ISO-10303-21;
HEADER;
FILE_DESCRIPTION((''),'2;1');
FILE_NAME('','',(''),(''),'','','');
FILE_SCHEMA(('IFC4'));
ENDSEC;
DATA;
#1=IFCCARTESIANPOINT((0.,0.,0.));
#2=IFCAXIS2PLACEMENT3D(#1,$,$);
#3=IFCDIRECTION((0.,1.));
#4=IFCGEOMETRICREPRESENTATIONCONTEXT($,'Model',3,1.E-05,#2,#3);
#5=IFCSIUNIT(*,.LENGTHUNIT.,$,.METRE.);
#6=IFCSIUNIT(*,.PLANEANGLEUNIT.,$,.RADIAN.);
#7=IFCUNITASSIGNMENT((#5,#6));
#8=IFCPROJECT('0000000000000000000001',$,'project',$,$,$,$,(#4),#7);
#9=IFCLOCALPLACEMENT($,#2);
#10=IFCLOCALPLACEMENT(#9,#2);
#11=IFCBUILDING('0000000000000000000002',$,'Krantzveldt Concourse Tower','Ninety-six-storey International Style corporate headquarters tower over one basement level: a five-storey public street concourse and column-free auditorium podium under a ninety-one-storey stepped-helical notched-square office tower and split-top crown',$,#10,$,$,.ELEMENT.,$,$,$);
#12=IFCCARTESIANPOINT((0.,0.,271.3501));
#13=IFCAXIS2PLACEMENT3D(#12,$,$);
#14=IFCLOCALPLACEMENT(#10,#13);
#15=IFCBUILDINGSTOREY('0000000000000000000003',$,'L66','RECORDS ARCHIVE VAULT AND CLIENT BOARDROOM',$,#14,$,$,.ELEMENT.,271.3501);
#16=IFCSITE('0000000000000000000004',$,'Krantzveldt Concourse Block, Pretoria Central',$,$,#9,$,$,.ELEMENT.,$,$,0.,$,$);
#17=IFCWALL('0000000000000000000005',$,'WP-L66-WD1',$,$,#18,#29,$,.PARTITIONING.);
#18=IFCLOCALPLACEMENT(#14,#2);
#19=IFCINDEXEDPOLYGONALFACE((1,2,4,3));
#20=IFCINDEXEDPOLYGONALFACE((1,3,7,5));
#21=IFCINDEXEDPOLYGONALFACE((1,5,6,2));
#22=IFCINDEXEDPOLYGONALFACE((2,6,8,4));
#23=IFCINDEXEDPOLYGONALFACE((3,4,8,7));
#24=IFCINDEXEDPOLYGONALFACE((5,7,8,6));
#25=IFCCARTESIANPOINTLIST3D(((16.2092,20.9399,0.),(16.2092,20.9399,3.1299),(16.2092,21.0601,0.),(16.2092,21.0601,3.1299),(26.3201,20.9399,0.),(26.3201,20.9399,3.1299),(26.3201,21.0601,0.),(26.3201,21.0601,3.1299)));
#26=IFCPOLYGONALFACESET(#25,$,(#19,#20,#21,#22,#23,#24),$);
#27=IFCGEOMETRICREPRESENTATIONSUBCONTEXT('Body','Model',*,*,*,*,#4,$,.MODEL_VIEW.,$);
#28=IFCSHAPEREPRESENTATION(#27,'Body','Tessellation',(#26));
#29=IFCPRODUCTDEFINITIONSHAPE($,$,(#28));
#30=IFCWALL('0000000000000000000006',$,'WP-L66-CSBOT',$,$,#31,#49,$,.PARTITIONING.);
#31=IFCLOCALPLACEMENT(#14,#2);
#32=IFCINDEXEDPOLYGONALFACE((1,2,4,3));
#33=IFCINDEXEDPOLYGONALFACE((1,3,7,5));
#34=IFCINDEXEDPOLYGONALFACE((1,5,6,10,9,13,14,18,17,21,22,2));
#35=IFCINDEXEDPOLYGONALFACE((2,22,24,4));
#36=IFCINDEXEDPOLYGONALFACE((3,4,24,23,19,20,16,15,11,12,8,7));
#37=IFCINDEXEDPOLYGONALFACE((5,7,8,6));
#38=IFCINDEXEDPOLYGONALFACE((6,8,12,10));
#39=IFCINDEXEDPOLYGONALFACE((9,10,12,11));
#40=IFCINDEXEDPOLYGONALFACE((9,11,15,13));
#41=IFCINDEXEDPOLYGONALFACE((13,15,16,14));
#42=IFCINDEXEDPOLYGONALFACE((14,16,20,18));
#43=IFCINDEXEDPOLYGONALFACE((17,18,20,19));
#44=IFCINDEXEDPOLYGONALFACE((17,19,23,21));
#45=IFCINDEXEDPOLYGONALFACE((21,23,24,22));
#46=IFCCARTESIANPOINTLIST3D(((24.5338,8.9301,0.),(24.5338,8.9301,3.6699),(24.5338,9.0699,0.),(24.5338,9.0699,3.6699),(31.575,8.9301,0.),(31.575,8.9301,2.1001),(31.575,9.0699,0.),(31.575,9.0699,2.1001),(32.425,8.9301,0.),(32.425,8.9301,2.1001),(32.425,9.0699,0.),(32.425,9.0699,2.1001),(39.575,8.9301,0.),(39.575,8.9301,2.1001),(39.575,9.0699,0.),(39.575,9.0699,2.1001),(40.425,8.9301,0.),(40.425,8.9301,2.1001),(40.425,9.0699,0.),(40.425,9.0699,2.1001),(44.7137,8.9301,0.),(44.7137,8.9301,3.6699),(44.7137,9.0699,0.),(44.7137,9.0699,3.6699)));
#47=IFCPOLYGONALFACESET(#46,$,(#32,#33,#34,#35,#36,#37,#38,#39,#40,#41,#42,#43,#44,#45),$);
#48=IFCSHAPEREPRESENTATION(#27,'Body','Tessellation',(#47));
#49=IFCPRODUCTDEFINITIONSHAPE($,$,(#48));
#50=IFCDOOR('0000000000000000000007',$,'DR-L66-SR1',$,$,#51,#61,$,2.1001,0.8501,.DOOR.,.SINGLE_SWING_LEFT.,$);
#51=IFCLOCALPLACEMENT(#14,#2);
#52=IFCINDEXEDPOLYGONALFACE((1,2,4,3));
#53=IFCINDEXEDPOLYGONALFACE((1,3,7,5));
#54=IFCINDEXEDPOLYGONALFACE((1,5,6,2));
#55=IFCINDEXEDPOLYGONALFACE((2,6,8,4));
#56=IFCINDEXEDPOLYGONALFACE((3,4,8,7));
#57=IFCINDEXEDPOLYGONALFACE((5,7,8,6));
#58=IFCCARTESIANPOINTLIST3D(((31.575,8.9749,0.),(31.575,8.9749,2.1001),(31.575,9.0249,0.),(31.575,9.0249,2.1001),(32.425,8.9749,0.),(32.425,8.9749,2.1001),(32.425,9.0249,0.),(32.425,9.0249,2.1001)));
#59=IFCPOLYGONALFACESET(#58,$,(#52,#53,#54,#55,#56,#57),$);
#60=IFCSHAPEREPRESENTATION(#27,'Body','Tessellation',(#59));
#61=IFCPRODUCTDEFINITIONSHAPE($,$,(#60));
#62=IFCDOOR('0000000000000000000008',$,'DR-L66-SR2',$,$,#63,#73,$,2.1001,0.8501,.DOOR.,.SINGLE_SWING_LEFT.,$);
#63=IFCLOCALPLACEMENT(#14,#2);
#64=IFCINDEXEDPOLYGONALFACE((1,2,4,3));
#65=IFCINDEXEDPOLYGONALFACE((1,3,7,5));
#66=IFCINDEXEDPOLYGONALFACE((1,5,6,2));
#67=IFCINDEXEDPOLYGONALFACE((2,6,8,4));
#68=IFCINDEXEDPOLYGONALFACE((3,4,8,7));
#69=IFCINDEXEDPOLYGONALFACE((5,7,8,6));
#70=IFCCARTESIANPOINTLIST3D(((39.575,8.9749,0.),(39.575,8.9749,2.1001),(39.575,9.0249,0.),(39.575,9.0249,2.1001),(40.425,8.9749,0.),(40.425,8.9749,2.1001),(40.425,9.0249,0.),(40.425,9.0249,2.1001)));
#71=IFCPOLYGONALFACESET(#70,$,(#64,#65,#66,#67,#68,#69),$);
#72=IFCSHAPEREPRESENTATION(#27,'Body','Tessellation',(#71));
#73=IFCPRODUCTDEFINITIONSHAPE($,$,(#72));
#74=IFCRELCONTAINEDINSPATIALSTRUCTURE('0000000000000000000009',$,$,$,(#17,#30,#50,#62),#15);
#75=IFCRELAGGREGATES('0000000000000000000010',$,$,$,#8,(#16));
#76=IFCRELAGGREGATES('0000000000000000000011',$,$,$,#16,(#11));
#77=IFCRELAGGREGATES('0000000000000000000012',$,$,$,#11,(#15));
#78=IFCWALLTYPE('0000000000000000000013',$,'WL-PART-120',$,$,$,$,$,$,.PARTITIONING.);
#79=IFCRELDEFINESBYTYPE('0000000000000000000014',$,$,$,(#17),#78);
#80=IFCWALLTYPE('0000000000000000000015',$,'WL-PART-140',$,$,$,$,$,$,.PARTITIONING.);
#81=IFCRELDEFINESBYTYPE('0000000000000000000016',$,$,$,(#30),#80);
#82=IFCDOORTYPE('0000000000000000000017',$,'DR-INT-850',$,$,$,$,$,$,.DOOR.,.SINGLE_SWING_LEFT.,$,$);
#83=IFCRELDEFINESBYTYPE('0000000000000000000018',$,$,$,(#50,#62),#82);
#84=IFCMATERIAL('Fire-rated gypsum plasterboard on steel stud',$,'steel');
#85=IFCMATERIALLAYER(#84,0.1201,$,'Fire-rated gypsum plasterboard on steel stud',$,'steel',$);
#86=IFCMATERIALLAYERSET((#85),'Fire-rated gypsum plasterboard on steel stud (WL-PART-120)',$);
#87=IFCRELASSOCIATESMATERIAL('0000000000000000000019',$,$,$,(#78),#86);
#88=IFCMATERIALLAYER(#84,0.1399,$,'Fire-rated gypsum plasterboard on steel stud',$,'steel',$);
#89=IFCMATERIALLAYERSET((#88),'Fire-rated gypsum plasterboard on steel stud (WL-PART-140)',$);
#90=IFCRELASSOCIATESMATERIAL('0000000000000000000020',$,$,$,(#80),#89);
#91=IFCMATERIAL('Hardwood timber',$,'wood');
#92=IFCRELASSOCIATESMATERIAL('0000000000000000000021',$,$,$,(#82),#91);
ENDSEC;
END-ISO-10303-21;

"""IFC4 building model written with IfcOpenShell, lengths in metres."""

from ifc_helpers import new_model, si_unit, direction, frame, frame_2d, origin, place, context, subcontext, project, spatial, rectangle, extrude, material, layer, layer_set, type_object, element, fill, save


model = new_model("IFC4")

# Units and contexts
model_context = context("Model", 3, precision=1e-05, world=origin(), true_north=direction((0.0, 1.0)))
body_context = subcontext(model_context, "Body", "Model", "MODEL_VIEW")
ifc_project = project(units=[si_unit("LENGTHUNIT", "METRE"), si_unit("PLANEANGLEUNIT", "RADIAN")], contexts=[model_context])

# Site, building, storey
site_placement = place(None, origin())
site = spatial("IfcSite", under=ifc_project, at=site_placement, Name="Krantzveldt Concourse Block, Pretoria Central", CompositionType="ELEMENT", RefElevation=0.0)
building_placement = place(site_placement, origin())
building = spatial("IfcBuilding", under=site, at=building_placement, Name="Krantzveldt Concourse Tower", Description="Ninety-six-storey International Style corporate headquarters tower over one basement level: a five-storey public street concourse and column-free auditorium podium under a ninety-one-storey stepped-helical notched-square office tower and split-top crown", CompositionType="ELEMENT")
storey_placement = place(building_placement, frame((0.0, 0.0, 271.3501)))
storey = spatial("IfcBuildingStorey", under=building, at=storey_placement, Name="L66", Description="RECORDS ARCHIVE VAULT AND CLIENT BOARDROOM", CompositionType="ELEMENT", Elevation=271.3501)

# Wall
ifc_material_1 = material(Name="Fire-rated gypsum plasterboard on steel stud", Category="steel")
ifc_layer_1 = layer(ifc_material_1, 0.1201, Name="Fire-rated gypsum plasterboard on steel stud", Category="steel")
ifc_layer_set_1 = layer_set([ifc_layer_1], Name="Fire-rated gypsum plasterboard on steel stud (WL-PART-120)")
wall_type_1 = type_object("IfcWallType", Name="WL-PART-120", PredefinedType="PARTITIONING", material=ifc_layer_set_1)
wall_1_placement = place(storey_placement, frame((16.2092, 21.0, 0.0), z_axis=(0.0, 0.0, 1.0), x_axis=(1.0, 0.0, 0.0)))
element("IfcWall", 1, at=wall_1_placement, inside=storey, type_object=wall_type_1, Name="WP-L66-WD1", PredefinedType="PARTITIONING", context=body_context, shape_type="SweptSolid", body=[
    extrude(rectangle(XDim=10.1108, YDim=0.1201, at=frame_2d((5.0554, 0.0))), origin(), (0.0, 0.0, 1.0), 3.1299),
])

# Wall, openings, doors
ifc_layer_2 = layer(ifc_material_1, 0.1399, Name="Fire-rated gypsum plasterboard on steel stud", Category="steel")
ifc_layer_set_2 = layer_set([ifc_layer_2], Name="Fire-rated gypsum plasterboard on steel stud (WL-PART-140)")
wall_type_2 = type_object("IfcWallType", Name="WL-PART-140", PredefinedType="PARTITIONING", material=ifc_layer_set_2)
wall_2_placement = place(storey_placement, frame((24.5339, 9.0, 0.0), z_axis=(0.0, 0.0, 1.0), x_axis=(1.0, 0.0, 0.0)))
wall_2 = element("IfcWall", 2, at=wall_2_placement, inside=storey, type_object=wall_type_2, Name="WP-L66-CSBOT", PredefinedType="PARTITIONING", context=body_context, shape_type="SweptSolid", body=[
    extrude(rectangle(XDim=20.1799, YDim=0.1399, at=frame_2d((10.0898, 0.0))), origin(), (0.0, 0.0, 1.0), 3.6699),
])
opening_1_placement = place(wall_2_placement, frame((7.041, 0.0, 0.0)))
opening_1 = element("IfcOpeningElement", 3, at=opening_1_placement, cuts=wall_2, PredefinedType="OPENING", context=body_context, shape_type="SweptSolid", body=[
    extrude(rectangle(XDim=0.8501, YDim=2.1001, at=frame_2d((0.425, 1.05))), frame((0.0, 0.0801, 0.0), z_axis=(0.0, -1.0, 0.0), x_axis=(1.0, 0.0, 0.0)), (0.0, 0.0, 1.0), 0.1599),
])
opening_2_placement = place(wall_2_placement, frame((15.041, 0.0, 0.0)))
opening_2 = element("IfcOpeningElement", 4, at=opening_2_placement, cuts=wall_2, PredefinedType="OPENING", context=body_context, shape_type="SweptSolid", body=[
    extrude(rectangle(XDim=0.8501, YDim=2.1001, at=frame_2d((0.425, 1.05))), frame((0.0, 0.0801, 0.0), z_axis=(0.0, -1.0, 0.0), x_axis=(1.0, 0.0, 0.0)), (0.0, 0.0, 1.0), 0.1599),
])
ifc_material_2 = material(Name="Hardwood timber", Category="wood")
door_type = type_object("IfcDoorType", Name="DR-INT-850", OperationType="SINGLE_SWING_LEFT", PredefinedType="DOOR", material=ifc_material_2)
door_1_placement = place(opening_1_placement, origin())
door_1 = element("IfcDoor", 5, at=door_1_placement, inside=storey, type_object=door_type, Name="DR-L66-SR1", OperationType="SINGLE_SWING_LEFT", OverallHeight=2.1001, OverallWidth=0.8501, PredefinedType="DOOR", context=body_context, shape_type="SweptSolid", body=[
    extrude(rectangle(XDim=0.8501, YDim=2.1001, at=frame_2d((0.425, 1.05))), frame((0.0, 0.0249, 0.0), z_axis=(0.0, -1.0, 0.0), x_axis=(1.0, 0.0, 0.0)), (0.0, 0.0, 1.0), 0.05),
])
fill(opening_1, door_1)
door_2_placement = place(opening_2_placement, origin())
door_2 = element("IfcDoor", 6, at=door_2_placement, inside=storey, type_object=door_type, Name="DR-L66-SR2", OperationType="SINGLE_SWING_LEFT", OverallHeight=2.1001, OverallWidth=0.8501, PredefinedType="DOOR", context=body_context, shape_type="SweptSolid", body=[
    extrude(rectangle(XDim=0.8501, YDim=2.1001, at=frame_2d((0.425, 1.05))), frame((0.0, 0.0249, 0.0), z_axis=(0.0, -1.0, 0.0), x_axis=(1.0, 0.0, 0.0)), (0.0, 0.0, 1.0), 0.05),
])
fill(opening_2, door_2)

save(model, "model.ifc")
